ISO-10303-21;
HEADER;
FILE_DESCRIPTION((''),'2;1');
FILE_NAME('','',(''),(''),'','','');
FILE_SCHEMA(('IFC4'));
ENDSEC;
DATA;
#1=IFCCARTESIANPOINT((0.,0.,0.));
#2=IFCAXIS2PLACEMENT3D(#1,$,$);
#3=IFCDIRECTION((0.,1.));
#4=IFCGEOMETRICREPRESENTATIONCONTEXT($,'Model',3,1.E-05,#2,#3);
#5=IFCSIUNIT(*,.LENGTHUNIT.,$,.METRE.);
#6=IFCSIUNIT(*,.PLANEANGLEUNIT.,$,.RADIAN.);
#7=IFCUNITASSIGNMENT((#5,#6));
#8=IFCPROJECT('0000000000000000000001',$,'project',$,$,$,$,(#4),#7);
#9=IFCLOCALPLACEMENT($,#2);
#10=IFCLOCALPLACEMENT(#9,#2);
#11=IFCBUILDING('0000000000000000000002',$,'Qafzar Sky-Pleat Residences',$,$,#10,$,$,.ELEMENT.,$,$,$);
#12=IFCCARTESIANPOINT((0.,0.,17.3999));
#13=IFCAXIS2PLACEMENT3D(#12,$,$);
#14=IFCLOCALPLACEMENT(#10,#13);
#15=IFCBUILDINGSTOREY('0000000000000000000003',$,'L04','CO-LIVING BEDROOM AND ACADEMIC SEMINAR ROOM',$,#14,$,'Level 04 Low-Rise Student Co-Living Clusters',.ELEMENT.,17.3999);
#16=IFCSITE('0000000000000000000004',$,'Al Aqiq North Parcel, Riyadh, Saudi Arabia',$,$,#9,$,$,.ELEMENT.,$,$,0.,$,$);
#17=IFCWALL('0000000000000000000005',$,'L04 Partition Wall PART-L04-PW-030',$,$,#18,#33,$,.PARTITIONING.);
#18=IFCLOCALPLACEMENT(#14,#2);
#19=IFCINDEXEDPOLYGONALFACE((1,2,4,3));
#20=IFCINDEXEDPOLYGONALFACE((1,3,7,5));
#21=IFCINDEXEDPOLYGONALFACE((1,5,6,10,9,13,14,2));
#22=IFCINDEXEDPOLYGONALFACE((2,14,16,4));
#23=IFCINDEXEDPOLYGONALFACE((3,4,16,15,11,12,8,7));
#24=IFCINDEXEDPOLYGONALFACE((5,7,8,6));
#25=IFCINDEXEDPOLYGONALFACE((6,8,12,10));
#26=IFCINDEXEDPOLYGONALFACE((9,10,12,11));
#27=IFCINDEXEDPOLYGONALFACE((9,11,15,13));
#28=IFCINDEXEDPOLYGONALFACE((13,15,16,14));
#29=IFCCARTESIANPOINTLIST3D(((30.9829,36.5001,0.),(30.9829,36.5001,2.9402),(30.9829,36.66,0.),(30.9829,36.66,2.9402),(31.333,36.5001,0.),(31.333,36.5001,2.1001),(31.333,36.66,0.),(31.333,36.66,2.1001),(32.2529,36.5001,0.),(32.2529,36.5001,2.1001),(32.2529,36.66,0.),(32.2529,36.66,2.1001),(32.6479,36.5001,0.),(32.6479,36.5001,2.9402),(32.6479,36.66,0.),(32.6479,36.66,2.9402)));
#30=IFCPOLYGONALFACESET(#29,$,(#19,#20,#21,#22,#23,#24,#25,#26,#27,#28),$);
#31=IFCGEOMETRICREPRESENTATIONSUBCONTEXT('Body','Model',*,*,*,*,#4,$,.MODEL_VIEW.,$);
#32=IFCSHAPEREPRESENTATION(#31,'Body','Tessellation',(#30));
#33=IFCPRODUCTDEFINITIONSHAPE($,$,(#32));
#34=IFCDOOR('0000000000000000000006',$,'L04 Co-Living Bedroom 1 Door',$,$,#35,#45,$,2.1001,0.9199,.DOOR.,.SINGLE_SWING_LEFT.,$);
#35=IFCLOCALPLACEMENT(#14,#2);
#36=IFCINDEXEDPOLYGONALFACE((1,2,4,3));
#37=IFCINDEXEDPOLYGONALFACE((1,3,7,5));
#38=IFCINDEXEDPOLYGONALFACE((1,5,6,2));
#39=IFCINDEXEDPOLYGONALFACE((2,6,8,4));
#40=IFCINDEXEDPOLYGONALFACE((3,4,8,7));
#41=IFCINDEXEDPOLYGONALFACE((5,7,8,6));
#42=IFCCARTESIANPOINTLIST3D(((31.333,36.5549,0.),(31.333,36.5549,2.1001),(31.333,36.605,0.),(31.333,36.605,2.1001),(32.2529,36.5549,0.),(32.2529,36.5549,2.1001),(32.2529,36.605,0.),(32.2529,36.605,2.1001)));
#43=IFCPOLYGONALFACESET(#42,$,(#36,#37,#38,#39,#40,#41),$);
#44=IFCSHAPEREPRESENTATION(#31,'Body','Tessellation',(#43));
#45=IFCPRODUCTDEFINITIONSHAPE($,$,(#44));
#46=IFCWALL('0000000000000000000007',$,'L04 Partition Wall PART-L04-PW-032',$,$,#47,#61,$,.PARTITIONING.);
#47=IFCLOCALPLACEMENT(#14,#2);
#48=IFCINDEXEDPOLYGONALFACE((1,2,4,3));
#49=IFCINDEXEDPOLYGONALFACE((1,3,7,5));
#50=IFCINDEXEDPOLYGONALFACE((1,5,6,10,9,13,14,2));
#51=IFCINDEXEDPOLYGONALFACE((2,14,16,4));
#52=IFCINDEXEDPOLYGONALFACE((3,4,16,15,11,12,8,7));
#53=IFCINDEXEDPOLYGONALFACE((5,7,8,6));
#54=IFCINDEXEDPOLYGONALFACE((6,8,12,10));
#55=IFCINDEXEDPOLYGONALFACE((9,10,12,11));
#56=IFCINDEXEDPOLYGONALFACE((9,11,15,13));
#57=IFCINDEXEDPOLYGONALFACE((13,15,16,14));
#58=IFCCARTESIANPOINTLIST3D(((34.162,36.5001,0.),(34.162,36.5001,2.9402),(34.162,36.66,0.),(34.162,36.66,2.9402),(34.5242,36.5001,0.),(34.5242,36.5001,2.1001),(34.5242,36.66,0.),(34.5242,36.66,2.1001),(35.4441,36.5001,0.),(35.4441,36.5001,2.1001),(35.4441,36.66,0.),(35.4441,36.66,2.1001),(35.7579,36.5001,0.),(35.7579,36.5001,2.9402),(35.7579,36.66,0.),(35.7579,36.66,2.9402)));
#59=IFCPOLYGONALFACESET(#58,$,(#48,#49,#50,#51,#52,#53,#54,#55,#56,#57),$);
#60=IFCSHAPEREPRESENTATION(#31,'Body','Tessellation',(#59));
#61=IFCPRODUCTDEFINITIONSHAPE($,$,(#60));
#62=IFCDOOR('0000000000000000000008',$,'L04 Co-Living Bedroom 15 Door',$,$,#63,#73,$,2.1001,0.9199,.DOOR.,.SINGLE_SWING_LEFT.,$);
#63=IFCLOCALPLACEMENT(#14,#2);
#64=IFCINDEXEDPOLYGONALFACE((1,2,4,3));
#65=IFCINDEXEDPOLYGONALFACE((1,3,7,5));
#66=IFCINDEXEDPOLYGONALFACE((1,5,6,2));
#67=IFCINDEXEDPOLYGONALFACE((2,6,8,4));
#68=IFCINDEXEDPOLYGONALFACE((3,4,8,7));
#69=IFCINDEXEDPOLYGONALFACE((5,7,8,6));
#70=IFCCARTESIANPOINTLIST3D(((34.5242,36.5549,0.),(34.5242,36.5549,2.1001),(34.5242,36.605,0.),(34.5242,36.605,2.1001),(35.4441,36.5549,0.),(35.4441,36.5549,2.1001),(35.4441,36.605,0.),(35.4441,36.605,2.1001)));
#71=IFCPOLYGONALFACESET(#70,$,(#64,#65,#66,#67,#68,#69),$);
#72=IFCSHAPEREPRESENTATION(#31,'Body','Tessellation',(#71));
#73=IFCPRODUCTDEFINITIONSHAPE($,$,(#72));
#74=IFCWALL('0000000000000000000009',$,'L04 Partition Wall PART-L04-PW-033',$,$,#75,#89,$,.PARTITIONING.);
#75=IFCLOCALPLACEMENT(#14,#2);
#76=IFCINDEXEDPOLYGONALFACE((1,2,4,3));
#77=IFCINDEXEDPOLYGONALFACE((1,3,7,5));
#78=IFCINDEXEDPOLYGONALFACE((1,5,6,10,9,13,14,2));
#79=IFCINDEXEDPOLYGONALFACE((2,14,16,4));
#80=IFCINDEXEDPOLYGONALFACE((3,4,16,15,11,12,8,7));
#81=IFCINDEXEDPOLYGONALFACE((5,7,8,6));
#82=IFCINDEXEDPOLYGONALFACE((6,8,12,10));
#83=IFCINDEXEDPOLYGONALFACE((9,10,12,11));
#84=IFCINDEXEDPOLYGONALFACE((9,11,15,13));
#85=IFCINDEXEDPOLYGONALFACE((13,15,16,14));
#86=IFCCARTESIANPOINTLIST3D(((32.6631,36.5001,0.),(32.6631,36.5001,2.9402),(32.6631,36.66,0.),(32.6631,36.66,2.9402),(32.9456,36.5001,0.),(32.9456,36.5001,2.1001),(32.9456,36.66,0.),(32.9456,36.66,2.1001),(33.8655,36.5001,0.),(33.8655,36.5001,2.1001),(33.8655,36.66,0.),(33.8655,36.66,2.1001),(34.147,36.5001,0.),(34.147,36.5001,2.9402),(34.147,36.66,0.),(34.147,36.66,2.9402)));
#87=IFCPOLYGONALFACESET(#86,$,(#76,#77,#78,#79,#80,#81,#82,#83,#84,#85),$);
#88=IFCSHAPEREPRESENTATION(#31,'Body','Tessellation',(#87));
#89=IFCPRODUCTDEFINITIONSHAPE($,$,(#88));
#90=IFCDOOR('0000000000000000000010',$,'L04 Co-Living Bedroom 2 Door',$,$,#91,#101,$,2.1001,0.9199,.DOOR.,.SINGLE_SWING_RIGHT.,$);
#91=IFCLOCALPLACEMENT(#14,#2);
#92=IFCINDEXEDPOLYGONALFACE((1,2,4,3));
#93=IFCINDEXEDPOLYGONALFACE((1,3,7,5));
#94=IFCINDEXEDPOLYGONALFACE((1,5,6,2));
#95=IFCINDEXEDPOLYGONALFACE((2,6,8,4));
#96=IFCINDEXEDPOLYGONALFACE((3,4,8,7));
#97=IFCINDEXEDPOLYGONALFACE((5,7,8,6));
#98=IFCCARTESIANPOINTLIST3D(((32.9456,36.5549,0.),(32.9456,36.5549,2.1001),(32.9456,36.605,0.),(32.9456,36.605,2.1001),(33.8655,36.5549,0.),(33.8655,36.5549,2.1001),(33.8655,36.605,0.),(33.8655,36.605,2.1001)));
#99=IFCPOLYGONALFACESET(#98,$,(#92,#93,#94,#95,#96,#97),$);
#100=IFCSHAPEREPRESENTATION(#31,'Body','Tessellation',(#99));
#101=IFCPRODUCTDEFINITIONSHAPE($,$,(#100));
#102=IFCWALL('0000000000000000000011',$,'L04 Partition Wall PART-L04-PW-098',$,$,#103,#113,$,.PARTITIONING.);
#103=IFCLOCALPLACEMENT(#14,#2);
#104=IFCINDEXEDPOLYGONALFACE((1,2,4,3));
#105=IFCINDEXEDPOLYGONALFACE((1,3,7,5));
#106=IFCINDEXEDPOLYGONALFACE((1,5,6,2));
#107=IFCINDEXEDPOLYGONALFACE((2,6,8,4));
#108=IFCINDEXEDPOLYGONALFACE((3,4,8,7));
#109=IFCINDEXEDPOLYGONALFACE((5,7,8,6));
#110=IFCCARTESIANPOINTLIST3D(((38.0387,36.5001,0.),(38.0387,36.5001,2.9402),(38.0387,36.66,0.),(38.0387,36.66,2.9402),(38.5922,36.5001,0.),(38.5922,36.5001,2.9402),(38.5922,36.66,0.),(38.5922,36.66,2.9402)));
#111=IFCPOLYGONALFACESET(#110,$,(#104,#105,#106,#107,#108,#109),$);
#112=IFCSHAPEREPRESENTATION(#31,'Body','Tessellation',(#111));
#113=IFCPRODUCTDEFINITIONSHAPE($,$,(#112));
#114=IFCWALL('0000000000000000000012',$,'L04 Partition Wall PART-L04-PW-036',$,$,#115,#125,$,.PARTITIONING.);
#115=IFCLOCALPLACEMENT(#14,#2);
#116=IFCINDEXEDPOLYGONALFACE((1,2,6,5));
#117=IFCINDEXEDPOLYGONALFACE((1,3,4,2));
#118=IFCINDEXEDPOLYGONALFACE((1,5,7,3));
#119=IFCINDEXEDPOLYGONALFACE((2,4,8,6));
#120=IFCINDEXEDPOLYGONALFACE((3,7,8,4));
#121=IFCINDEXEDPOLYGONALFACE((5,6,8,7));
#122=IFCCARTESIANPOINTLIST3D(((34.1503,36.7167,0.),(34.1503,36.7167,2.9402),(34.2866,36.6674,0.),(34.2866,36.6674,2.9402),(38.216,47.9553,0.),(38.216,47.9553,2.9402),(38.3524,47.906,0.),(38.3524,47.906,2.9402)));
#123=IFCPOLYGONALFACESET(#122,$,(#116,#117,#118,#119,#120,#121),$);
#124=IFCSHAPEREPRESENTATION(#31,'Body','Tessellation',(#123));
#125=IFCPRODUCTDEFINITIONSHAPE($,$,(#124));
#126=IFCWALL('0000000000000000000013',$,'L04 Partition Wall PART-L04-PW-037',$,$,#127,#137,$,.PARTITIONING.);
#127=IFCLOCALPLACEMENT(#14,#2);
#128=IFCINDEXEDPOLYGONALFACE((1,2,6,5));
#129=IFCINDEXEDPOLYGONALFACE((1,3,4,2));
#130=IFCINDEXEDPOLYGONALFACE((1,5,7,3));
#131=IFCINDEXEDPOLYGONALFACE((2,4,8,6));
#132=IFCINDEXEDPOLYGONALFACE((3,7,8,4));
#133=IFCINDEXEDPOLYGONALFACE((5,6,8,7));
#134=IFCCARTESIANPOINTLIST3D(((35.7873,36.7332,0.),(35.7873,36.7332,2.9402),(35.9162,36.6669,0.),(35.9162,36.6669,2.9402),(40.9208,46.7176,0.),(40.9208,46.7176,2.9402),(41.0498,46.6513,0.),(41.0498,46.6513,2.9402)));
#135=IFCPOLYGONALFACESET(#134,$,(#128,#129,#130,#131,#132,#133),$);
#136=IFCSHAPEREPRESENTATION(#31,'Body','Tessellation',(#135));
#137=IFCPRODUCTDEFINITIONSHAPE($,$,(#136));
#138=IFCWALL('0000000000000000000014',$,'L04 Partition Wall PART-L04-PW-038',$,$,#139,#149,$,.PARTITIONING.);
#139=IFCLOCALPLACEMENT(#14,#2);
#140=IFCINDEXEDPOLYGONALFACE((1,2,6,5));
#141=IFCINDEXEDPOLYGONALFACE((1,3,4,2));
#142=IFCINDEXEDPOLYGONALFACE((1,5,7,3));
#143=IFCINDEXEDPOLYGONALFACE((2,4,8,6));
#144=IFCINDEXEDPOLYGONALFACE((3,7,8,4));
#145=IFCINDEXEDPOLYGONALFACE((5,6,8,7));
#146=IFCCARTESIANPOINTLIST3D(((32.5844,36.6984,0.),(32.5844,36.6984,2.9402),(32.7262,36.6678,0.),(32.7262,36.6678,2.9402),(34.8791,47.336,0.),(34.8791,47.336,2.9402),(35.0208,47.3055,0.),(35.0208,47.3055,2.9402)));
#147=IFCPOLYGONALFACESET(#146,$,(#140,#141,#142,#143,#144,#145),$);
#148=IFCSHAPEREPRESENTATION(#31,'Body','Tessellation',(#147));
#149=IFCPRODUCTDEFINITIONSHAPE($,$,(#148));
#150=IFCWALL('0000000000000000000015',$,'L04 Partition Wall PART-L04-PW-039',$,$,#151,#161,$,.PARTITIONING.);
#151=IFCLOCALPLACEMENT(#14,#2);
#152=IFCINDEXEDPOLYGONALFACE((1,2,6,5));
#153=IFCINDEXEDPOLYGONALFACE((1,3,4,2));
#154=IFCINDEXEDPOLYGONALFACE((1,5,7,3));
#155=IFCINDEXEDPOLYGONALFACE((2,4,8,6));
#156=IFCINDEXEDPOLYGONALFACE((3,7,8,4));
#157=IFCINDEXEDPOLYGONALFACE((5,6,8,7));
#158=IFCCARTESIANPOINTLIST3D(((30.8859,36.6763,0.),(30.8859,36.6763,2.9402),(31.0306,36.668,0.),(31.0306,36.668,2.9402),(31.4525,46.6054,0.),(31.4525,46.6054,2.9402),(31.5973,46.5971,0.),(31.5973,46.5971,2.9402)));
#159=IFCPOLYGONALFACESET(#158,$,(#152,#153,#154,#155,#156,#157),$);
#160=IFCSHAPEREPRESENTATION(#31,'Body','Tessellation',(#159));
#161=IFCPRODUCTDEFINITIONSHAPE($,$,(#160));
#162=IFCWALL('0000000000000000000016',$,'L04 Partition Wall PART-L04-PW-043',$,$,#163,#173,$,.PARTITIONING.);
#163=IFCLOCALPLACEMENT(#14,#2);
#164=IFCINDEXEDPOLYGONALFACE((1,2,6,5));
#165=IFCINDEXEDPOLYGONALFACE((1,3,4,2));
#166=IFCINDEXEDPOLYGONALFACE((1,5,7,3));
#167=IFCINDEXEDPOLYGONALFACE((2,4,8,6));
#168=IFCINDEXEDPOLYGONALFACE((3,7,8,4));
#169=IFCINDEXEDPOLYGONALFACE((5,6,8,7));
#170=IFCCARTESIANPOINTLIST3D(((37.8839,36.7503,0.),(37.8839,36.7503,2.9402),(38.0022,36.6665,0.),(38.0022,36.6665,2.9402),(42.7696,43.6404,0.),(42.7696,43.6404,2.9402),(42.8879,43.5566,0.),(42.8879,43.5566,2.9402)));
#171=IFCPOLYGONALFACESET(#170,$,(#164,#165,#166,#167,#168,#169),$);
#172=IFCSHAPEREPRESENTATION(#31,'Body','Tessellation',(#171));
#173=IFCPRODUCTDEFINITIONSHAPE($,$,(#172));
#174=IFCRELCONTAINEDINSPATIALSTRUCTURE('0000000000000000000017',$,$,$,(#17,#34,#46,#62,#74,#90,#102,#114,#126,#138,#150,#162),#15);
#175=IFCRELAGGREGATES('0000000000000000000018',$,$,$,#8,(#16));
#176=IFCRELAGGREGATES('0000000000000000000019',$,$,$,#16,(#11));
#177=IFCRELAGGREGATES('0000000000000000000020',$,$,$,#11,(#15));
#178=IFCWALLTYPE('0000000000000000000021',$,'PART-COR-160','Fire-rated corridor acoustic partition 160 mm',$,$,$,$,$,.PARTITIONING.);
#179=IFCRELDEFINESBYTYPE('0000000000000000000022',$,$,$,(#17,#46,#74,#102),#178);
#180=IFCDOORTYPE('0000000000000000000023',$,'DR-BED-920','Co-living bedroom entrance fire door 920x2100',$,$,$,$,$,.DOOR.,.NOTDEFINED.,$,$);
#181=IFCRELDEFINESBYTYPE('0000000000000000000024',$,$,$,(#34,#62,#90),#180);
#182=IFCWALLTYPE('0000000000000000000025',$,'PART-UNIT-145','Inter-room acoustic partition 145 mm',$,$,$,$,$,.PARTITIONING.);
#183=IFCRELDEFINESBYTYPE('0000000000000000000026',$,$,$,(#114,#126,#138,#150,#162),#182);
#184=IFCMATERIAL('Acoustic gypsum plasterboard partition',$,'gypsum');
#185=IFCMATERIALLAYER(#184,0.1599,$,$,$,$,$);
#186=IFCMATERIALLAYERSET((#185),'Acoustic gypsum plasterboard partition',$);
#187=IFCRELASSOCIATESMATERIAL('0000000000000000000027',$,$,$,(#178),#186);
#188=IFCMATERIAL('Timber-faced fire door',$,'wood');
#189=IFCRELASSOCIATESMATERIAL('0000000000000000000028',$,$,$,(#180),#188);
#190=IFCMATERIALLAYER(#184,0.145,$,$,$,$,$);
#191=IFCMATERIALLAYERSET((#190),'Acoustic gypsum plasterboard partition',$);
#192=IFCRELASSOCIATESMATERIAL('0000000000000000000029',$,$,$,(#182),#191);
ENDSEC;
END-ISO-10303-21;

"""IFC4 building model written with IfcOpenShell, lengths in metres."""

from ifc_helpers import new_model, si_unit, direction, frame, frame_2d, origin, place, context, subcontext, project, spatial, rectangle, extrude, source, transform, mapped, material, layer, layer_set, type_object, element, fill, save


model = new_model("IFC4")

# Units and contexts
model_context = context("Model", 3, precision=1e-05, world=origin(), true_north=direction((0.0, 1.0)))
body_context = subcontext(model_context, "Body", "Model", "MODEL_VIEW")
ifc_project = project(units=[si_unit("LENGTHUNIT", "METRE"), si_unit("PLANEANGLEUNIT", "RADIAN")], contexts=[model_context])

# Site, building, storey
site_placement = place(None, origin())
site = spatial("IfcSite", under=ifc_project, at=site_placement, Name="Al Aqiq North Parcel, Riyadh, Saudi Arabia", CompositionType="ELEMENT", RefElevation=0.0)
building_placement = place(site_placement, origin())
building = spatial("IfcBuilding", under=site, at=building_placement, Name="Qafzar Sky-Pleat Residences", CompositionType="ELEMENT")
storey_placement = place(building_placement, frame((0.0, 0.0, 17.3999)))
storey = spatial("IfcBuildingStorey", under=building, at=storey_placement, Name="L04", Description="CO-LIVING BEDROOM AND ACADEMIC SEMINAR ROOM", LongName="Level 04 Low-Rise Student Co-Living Clusters", CompositionType="ELEMENT", Elevation=17.3999)

# Walls, openings, doors
ifc_material_1 = material(Name="Acoustic gypsum plasterboard partition", Category="gypsum")
ifc_layer_1 = layer(ifc_material_1, 0.1599)
ifc_layer_set_1 = layer_set([ifc_layer_1], Name="Acoustic gypsum plasterboard partition")
wall_type_1 = type_object("IfcWallType", Name="PART-COR-160", Description="Fire-rated corridor acoustic partition 160 mm", PredefinedType="PARTITIONING", material=ifc_layer_set_1)
ifc_material_2 = material(Name="Timber-faced fire door", Category="wood")
door_type_1 = type_object("IfcDoorType", Name="DR-BED-920", Description="Co-living bedroom entrance fire door 920x2100", OperationType="NOTDEFINED", PredefinedType="DOOR", material=ifc_material_2)
shared_shape_1 = source(origin(), body_context, "Body", "SweptSolid", [
    extrude(rectangle(XDim=0.9199, YDim=2.1001, at=frame_2d((0.46, 1.05))), frame((0.0, 0.0249, 0.0), z_axis=(0.0, -1.0, 0.0), x_axis=(1.0, 0.0, 0.0)), (0.0, 0.0, 1.0), 0.05),
])
wall_1_placement = place(storey_placement, frame((30.9829, 36.5801, 0.0), z_axis=(0.0, 0.0, 1.0), x_axis=(1.0, 0.0, 0.0)))
wall_1 = element("IfcWall", 1, at=wall_1_placement, inside=storey, type_object=wall_type_1, Name="L04 Partition Wall PART-L04-PW-030", PredefinedType="PARTITIONING", context=body_context, shape_type="SweptSolid", body=[
    extrude(rectangle(XDim=1.665, YDim=0.1599, at=frame_2d((0.8325, 0.0))), origin(), (0.0, 0.0, 1.0), 2.9402),
])
opening_1_placement = place(wall_1_placement, frame((0.3501, 0.0, 0.0)))
opening_1 = element("IfcOpeningElement", 2, at=opening_1_placement, cuts=wall_1, PredefinedType="OPENING", context=body_context, shape_type="SweptSolid", body=[
    extrude(rectangle(XDim=0.9199, YDim=2.1001, at=frame_2d((0.46, 1.05))), frame((0.0, 0.0898, 0.0), z_axis=(0.0, -1.0, 0.0), x_axis=(1.0, 0.0, 0.0)), (0.0, 0.0, 1.0), 0.1799),
])
door_1_placement = place(opening_1_placement, origin())
door_1 = element("IfcDoor", 3, at=door_1_placement, inside=storey, type_object=door_type_1, Name="L04 Co-Living Bedroom 1 Door", OperationType="SINGLE_SWING_LEFT", OverallHeight=2.1001, OverallWidth=0.9199, PredefinedType="DOOR", context=body_context, shape_type="MappedRepresentation", body=[
    mapped(shared_shape_1, transform((0.0, 0.0, 0.0), x_axis=(1.0, 0.0, 0.0), y_axis=(0.0, 1.0, 0.0), z_axis=(0.0, 0.0, 1.0), scale=1.0)),
])
fill(opening_1, door_1)
wall_2_placement = place(storey_placement, frame((34.1621, 36.5801, 0.0), z_axis=(0.0, 0.0, 1.0), x_axis=(1.0, 0.0, 0.0)))
wall_2 = element("IfcWall", 4, at=wall_2_placement, inside=storey, type_object=wall_type_1, Name="L04 Partition Wall PART-L04-PW-032", PredefinedType="PARTITIONING", context=body_context, shape_type="SweptSolid", body=[
    extrude(rectangle(XDim=1.5959, YDim=0.1599, at=frame_2d((0.7979, 0.0))), origin(), (0.0, 0.0, 1.0), 2.9402),
])
opening_2_placement = place(wall_2_placement, frame((0.3621, 0.0, 0.0)))
opening_2 = element("IfcOpeningElement", 5, at=opening_2_placement, cuts=wall_2, PredefinedType="OPENING", context=body_context, shape_type="SweptSolid", body=[
    extrude(rectangle(XDim=0.9199, YDim=2.1001, at=frame_2d((0.46, 1.05))), frame((0.0, 0.0898, 0.0), z_axis=(0.0, -1.0, 0.0), x_axis=(1.0, 0.0, 0.0)), (0.0, 0.0, 1.0), 0.1799),
])
door_2_placement = place(opening_2_placement, origin())
door_2 = element("IfcDoor", 6, at=door_2_placement, inside=storey, type_object=door_type_1, Name="L04 Co-Living Bedroom 15 Door", OperationType="SINGLE_SWING_LEFT", OverallHeight=2.1001, OverallWidth=0.9199, PredefinedType="DOOR", context=body_context, shape_type="MappedRepresentation", body=[
    mapped(shared_shape_1, transform((0.0, 0.0, 0.0), x_axis=(1.0, 0.0, 0.0), y_axis=(0.0, 1.0, 0.0), z_axis=(0.0, 0.0, 1.0), scale=1.0)),
])
fill(opening_2, door_2)
wall_3_placement = place(storey_placement, frame((32.6631, 36.5801, 0.0), z_axis=(0.0, 0.0, 1.0), x_axis=(1.0, 0.0, 0.0)))
wall_3 = element("IfcWall", 7, at=wall_3_placement, inside=storey, type_object=wall_type_1, Name="L04 Partition Wall PART-L04-PW-033", PredefinedType="PARTITIONING", context=body_context, shape_type="SweptSolid", body=[
    extrude(rectangle(XDim=1.4839, YDim=0.1599, at=frame_2d((0.7419, 0.0))), origin(), (0.0, 0.0, 1.0), 2.9402),
])
opening_3_placement = place(wall_3_placement, frame((0.2825, 0.0, 0.0)))
opening_3 = element("IfcOpeningElement", 8, at=opening_3_placement, cuts=wall_3, PredefinedType="OPENING", context=body_context, shape_type="SweptSolid", body=[
    extrude(rectangle(XDim=0.9199, YDim=2.1001, at=frame_2d((0.46, 1.05))), frame((0.0, 0.0898, 0.0), z_axis=(0.0, -1.0, 0.0), x_axis=(1.0, 0.0, 0.0)), (0.0, 0.0, 1.0), 0.1799),
])
door_3_placement = place(opening_3_placement, origin())
door_3 = element("IfcDoor", 9, at=door_3_placement, inside=storey, type_object=door_type_1, Name="L04 Co-Living Bedroom 2 Door", OperationType="SINGLE_SWING_RIGHT", OverallHeight=2.1001, OverallWidth=0.9199, PredefinedType="DOOR", context=body_context, shape_type="MappedRepresentation", body=[
    mapped(shared_shape_1, transform((0.0, 0.0, 0.0), x_axis=(1.0, 0.0, 0.0), y_axis=(0.0, 1.0, 0.0), z_axis=(0.0, 0.0, 1.0), scale=1.0)),
])
fill(opening_3, door_3)

# Walls
wall_4_placement = place(storey_placement, frame((38.0386, 36.5801, 0.0), z_axis=(0.0, 0.0, 1.0), x_axis=(1.0, 0.0, 0.0)))
element("IfcWall", 10, at=wall_4_placement, inside=storey, type_object=wall_type_1, Name="L04 Partition Wall PART-L04-PW-098", PredefinedType="PARTITIONING", context=body_context, shape_type="SweptSolid", body=[
    extrude(rectangle(XDim=0.5535, YDim=0.1599, at=frame_2d((0.2769, 0.0))), origin(), (0.0, 0.0, 1.0), 2.9402),
])
ifc_layer_2 = layer(ifc_material_1, 0.145)
ifc_layer_set_2 = layer_set([ifc_layer_2], Name="Acoustic gypsum plasterboard partition")
wall_type_2 = type_object("IfcWallType", Name="PART-UNIT-145", Description="Inter-room acoustic partition 145 mm", PredefinedType="PARTITIONING", material=ifc_layer_set_2)
wall_5_placement = place(storey_placement, frame((34.2185, 36.6921, 0.0), z_axis=(0.0, 0.0, 1.0), x_axis=(0.340186, 0.940358, 0.0)))
element("IfcWall", 11, at=wall_5_placement, inside=storey, type_object=wall_type_2, Name="L04 Partition Wall PART-L04-PW-036", PredefinedType="PARTITIONING", context=body_context, shape_type="SweptSolid", body=[
    extrude(rectangle(XDim=11.9514, YDim=0.145, at=frame_2d((5.9756, 0.0))), origin(), (0.0, 0.0, 1.0), 2.9402),
])
wall_6_placement = place(storey_placement, frame((35.8518, 36.7002, 0.0), z_axis=(0.0, 0.0, 1.0), x_axis=(0.457258, 0.889334, 0.0)))
element("IfcWall", 12, at=wall_6_placement, inside=storey, type_object=wall_type_2, Name="L04 Partition Wall PART-L04-PW-037", PredefinedType="PARTITIONING", context=body_context, shape_type="SweptSolid", body=[
    extrude(rectangle(XDim=11.2268, YDim=0.145, at=frame_2d((5.6133, 0.0))), origin(), (0.0, 0.0, 1.0), 2.9402),
])
wall_7_placement = place(storey_placement, frame((32.6553, 36.6831, 0.0), z_axis=(0.0, 0.0, 1.0), x_axis=(0.210862, 0.977516, 0.0)))
element("IfcWall", 13, at=wall_7_placement, inside=storey, type_object=wall_type_2, Name="L04 Partition Wall PART-L04-PW-038", PredefinedType="PARTITIONING", context=body_context, shape_type="SweptSolid", body=[
    extrude(rectangle(XDim=10.8823, YDim=0.145, at=frame_2d((5.4412, 0.0))), origin(), (0.0, 0.0, 1.0), 2.9402),
])
wall_8_placement = place(storey_placement, frame((30.9583, 36.6721, 0.0), z_axis=(0.0, 0.0, 1.0), x_axis=(0.056976, 0.998376, 0.0)))
element("IfcWall", 14, at=wall_8_placement, inside=storey, type_object=wall_type_2, Name="L04 Partition Wall PART-L04-PW-039", PredefinedType="PARTITIONING", context=body_context, shape_type="SweptSolid", body=[
    extrude(rectangle(XDim=9.9453, YDim=0.145, at=frame_2d((4.9727, 0.0))), origin(), (0.0, 0.0, 1.0), 2.9402),
])
wall_9_placement = place(storey_placement, frame((37.9431, 36.7085, 0.0), z_axis=(0.0, 0.0, 1.0), x_axis=(0.578429, 0.815732, 0.0)))
element("IfcWall", 15, at=wall_9_placement, inside=storey, type_object=wall_type_2, Name="L04 Partition Wall PART-L04-PW-043", PredefinedType="PARTITIONING", context=body_context, shape_type="SweptSolid", body=[
    extrude(rectangle(XDim=8.4465, YDim=0.145, at=frame_2d((4.2231, 0.0))), origin(), (0.0, 0.0, 1.0), 2.9402),
])

save(model, "model.ifc")
